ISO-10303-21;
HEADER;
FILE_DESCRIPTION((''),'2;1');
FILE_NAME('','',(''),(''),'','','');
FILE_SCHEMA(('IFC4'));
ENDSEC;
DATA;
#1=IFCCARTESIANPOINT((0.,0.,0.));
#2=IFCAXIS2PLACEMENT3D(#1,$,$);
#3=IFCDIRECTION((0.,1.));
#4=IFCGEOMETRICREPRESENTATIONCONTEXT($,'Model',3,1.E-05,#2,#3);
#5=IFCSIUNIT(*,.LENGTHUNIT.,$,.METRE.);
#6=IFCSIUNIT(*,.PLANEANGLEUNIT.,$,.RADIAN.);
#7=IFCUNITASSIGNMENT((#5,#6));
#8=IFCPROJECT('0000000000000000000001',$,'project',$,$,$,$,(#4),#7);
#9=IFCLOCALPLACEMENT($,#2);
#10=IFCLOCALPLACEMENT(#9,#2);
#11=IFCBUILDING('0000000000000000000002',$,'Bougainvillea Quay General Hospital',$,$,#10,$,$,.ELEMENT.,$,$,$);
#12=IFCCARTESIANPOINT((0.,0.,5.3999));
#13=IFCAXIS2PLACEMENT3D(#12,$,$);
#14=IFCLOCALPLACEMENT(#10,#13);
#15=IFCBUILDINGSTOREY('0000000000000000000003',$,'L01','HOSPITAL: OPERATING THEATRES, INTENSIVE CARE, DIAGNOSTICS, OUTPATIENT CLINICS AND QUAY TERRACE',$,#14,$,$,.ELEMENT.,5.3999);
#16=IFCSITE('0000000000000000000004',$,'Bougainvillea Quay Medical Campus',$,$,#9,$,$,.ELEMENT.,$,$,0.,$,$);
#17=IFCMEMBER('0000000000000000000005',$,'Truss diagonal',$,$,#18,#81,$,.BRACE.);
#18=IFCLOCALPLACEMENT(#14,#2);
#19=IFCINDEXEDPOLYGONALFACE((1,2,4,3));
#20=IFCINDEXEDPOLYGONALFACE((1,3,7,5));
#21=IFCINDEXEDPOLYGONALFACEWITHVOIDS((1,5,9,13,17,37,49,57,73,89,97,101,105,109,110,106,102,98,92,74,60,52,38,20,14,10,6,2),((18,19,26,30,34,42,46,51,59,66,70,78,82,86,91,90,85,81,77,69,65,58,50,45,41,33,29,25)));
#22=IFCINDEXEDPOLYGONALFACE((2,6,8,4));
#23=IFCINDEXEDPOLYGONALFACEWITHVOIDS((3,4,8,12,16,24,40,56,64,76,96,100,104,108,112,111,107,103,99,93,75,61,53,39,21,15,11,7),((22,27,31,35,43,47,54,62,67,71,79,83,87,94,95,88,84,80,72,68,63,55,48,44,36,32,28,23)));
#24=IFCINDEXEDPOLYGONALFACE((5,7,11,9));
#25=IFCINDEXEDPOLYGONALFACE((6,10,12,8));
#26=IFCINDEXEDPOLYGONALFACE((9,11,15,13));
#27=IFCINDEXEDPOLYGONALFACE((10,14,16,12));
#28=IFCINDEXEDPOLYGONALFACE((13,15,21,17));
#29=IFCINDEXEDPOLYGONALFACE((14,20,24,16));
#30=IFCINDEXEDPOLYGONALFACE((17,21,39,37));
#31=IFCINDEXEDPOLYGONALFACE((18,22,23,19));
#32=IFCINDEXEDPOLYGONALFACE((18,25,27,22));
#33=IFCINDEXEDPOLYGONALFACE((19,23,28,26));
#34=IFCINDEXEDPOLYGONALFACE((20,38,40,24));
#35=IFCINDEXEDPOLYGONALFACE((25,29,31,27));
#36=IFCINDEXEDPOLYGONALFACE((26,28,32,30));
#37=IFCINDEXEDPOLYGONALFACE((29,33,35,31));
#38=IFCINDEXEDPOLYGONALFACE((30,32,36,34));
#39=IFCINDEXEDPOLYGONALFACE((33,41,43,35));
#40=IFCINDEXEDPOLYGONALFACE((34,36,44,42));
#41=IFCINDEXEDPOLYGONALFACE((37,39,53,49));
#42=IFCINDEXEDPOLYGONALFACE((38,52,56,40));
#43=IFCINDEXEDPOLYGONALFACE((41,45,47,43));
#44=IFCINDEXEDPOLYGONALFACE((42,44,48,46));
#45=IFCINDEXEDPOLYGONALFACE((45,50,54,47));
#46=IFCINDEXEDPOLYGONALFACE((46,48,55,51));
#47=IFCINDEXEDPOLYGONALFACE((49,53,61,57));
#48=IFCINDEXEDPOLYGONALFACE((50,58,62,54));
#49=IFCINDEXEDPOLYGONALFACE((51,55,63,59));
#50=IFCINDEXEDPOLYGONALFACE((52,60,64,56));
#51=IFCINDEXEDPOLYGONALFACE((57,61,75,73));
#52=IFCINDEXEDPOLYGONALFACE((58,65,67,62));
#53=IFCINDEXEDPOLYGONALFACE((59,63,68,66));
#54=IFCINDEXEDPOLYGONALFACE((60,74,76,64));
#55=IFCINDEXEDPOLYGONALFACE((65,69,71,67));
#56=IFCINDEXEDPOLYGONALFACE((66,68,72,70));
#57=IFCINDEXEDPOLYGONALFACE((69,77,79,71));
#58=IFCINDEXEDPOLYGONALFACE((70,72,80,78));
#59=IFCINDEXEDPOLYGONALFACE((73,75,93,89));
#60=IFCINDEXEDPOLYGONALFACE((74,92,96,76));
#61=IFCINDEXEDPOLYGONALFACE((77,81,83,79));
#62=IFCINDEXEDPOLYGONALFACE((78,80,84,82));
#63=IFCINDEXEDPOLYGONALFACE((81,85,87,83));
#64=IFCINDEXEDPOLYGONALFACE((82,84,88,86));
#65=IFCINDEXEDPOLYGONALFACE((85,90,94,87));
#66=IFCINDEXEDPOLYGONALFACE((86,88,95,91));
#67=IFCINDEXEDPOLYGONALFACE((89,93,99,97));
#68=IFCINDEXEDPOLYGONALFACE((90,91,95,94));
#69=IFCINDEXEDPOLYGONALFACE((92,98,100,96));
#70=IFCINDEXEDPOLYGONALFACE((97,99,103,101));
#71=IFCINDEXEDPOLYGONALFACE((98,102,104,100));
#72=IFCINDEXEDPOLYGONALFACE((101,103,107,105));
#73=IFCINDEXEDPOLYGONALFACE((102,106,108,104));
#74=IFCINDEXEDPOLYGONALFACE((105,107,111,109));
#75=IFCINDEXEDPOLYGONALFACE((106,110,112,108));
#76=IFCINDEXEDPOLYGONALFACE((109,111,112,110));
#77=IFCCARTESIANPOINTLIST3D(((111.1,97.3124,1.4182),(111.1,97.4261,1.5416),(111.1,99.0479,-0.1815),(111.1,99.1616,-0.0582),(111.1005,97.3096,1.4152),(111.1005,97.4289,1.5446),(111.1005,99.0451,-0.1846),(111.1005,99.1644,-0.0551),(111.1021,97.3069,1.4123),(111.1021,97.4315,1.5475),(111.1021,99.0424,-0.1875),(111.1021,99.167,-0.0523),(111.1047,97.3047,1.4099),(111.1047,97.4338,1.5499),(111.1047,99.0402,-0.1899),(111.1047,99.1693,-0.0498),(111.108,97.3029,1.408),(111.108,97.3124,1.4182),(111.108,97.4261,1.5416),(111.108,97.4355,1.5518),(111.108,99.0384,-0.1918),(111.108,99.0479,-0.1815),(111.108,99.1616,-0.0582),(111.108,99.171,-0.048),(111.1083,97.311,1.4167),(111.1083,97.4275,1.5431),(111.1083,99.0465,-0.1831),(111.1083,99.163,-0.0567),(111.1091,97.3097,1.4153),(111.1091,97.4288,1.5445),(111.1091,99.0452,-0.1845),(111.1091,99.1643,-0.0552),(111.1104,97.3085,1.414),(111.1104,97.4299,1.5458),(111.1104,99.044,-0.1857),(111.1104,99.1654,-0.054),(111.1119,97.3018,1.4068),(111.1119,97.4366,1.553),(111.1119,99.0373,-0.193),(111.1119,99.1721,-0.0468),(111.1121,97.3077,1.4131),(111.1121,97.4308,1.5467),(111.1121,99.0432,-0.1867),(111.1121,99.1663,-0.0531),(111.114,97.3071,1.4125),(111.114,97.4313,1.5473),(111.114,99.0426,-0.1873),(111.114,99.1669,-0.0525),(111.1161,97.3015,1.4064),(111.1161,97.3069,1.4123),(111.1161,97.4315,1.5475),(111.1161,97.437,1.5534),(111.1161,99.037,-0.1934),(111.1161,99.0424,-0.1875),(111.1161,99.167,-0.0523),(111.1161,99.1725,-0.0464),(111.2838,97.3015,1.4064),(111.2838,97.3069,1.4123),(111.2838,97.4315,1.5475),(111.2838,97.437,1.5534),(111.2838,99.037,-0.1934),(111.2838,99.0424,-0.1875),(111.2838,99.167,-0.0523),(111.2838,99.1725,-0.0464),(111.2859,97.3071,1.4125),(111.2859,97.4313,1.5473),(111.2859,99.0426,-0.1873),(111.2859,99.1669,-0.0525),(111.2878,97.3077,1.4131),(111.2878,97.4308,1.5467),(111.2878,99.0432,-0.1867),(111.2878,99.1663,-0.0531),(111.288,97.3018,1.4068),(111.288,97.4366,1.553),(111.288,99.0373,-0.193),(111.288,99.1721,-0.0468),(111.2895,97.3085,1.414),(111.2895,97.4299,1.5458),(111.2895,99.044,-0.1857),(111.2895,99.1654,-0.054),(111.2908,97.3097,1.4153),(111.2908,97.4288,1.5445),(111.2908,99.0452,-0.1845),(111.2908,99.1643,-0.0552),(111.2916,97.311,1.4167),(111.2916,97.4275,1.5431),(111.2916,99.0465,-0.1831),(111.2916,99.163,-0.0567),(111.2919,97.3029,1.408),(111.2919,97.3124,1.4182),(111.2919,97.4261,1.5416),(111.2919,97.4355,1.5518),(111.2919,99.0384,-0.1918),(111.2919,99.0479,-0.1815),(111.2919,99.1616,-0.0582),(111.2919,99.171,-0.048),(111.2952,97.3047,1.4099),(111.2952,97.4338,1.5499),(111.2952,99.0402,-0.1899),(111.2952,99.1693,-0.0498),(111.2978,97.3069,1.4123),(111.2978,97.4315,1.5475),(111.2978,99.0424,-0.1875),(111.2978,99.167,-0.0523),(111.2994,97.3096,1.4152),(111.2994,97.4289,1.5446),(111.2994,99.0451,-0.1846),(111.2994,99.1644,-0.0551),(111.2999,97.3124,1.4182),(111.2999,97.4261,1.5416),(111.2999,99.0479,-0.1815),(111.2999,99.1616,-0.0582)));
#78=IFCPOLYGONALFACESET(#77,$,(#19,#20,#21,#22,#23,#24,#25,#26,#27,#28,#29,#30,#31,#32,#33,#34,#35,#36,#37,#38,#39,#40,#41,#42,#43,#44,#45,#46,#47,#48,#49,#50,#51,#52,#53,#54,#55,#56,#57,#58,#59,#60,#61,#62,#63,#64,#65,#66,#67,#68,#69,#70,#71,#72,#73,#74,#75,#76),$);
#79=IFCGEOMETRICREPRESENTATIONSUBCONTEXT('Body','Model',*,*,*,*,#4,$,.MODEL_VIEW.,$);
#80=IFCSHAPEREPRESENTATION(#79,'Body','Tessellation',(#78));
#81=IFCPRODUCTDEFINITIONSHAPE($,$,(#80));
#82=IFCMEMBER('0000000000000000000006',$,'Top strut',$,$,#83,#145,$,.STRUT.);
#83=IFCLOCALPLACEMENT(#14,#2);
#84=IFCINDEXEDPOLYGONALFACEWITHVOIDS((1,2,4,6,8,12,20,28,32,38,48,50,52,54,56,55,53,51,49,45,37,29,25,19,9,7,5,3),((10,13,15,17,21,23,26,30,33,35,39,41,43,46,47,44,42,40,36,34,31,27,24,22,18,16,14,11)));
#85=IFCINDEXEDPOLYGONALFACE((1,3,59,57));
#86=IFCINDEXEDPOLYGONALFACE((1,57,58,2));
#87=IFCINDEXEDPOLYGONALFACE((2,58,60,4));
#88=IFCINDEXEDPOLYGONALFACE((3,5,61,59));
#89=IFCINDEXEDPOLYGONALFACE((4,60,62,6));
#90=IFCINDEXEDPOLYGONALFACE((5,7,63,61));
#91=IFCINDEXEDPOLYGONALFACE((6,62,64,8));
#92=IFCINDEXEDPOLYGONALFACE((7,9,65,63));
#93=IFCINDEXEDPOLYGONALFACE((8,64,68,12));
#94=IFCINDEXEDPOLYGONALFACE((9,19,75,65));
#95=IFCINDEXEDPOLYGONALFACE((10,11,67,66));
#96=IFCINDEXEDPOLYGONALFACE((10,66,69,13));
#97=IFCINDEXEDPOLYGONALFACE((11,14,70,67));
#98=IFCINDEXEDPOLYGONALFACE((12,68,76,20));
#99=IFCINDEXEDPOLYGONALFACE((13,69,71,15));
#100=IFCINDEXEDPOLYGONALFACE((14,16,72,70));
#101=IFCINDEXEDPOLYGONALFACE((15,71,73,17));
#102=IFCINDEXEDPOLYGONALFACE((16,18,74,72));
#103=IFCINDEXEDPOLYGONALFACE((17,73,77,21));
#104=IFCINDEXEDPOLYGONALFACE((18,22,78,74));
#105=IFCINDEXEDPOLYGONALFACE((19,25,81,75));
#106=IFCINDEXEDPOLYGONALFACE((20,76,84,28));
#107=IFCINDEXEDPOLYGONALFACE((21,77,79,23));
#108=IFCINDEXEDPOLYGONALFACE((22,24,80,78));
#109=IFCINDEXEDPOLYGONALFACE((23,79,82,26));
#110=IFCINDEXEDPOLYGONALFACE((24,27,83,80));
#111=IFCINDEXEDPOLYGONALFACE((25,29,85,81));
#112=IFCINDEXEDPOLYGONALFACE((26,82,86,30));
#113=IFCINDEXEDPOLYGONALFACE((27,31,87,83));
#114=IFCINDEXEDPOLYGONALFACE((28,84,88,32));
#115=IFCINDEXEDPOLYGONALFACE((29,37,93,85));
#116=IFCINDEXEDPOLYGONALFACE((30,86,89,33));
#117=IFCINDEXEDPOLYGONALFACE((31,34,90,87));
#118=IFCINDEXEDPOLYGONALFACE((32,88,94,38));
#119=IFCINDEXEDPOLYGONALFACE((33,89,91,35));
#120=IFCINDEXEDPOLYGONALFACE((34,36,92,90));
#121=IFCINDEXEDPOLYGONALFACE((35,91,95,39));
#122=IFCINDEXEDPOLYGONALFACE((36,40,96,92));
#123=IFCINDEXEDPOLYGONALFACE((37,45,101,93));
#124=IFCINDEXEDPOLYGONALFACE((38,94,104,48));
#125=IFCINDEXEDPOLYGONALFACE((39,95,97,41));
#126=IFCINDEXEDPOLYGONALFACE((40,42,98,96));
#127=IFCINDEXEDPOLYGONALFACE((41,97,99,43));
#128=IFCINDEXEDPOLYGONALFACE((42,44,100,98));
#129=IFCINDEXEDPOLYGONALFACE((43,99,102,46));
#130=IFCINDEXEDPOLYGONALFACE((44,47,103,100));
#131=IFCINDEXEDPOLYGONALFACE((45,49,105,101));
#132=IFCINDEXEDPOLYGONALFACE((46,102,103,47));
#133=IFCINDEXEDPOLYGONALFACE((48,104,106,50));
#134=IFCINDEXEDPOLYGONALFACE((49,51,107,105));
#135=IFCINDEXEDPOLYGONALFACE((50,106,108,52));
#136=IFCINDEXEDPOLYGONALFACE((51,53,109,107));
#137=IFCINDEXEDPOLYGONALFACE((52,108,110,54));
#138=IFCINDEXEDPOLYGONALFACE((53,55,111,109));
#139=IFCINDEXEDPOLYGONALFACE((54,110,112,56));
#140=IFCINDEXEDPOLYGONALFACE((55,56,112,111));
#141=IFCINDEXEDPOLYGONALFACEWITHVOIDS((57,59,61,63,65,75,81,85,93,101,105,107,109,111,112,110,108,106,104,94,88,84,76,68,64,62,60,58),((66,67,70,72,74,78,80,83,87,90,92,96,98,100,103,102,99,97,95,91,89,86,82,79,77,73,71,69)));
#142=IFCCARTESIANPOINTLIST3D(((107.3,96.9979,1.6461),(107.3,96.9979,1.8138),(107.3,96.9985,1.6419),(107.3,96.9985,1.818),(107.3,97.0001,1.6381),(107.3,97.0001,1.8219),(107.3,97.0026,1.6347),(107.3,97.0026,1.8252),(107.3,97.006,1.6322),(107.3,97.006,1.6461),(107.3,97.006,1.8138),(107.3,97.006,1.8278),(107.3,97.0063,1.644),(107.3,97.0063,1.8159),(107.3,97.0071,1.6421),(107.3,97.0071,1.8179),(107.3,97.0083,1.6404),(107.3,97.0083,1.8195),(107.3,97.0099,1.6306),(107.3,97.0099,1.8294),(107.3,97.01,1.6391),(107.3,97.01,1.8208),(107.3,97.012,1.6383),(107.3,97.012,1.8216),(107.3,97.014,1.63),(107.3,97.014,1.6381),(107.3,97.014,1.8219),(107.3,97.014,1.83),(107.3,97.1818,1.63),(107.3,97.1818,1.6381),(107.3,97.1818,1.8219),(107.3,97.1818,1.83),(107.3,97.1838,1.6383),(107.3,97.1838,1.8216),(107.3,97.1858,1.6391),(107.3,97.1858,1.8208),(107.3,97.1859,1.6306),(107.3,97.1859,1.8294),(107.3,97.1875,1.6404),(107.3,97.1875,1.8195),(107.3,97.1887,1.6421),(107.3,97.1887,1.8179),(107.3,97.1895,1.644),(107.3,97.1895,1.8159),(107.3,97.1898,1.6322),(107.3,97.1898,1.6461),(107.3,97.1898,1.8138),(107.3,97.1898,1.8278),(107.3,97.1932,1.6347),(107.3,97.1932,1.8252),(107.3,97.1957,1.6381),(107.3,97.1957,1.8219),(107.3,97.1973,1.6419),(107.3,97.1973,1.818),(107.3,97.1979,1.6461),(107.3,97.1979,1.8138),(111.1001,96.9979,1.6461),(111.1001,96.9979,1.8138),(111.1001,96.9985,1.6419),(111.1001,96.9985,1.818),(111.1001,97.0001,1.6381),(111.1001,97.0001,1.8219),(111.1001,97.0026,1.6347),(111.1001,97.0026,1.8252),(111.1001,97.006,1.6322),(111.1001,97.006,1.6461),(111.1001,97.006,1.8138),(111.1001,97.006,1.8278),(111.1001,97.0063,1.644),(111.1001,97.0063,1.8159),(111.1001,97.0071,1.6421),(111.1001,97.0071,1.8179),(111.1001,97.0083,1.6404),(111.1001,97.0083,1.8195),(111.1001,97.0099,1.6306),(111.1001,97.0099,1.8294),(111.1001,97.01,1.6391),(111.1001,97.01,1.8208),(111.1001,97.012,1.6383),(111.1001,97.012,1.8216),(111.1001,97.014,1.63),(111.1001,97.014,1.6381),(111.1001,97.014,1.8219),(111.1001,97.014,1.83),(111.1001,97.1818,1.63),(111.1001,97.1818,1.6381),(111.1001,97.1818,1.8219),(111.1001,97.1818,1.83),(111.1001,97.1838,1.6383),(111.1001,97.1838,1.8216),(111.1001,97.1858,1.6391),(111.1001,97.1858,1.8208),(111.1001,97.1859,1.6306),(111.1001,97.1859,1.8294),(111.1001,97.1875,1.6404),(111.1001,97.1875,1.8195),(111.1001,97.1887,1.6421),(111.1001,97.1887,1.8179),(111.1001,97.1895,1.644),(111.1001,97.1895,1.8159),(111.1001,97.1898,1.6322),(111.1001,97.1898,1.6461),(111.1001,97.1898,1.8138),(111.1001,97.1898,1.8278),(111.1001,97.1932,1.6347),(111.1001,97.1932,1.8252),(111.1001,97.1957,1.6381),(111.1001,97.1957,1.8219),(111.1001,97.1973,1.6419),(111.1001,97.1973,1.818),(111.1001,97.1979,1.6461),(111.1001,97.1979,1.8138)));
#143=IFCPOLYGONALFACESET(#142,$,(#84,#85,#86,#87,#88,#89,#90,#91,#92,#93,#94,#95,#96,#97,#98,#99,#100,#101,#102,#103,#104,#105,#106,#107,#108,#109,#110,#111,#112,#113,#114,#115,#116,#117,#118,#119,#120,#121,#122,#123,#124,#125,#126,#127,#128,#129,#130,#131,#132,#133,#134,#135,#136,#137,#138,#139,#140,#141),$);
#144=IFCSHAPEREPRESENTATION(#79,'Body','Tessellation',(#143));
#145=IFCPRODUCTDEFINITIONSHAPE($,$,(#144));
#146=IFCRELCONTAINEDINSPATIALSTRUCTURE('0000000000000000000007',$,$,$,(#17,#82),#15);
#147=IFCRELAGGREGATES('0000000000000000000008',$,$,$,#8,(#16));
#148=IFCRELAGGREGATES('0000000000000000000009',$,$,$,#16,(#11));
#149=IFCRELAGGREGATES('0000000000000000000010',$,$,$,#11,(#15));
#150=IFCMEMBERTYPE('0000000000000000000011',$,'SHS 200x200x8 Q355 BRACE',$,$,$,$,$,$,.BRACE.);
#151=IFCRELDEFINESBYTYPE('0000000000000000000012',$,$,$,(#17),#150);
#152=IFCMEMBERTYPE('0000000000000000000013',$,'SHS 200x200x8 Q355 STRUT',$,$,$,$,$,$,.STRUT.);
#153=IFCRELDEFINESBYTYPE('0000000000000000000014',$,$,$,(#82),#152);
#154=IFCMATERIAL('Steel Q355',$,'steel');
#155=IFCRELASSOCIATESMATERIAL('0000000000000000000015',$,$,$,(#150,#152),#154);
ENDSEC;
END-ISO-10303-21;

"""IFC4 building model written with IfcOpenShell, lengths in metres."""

from ifc_helpers import new_model, si_unit, direction, frame, origin, origin_2d, place, context, subcontext, project, spatial, hollow_rectangle, extrude, material, material_profile, profile_set, type_object, element, save


model = new_model("IFC4")

# Units and contexts
model_context = context("Model", 3, precision=1e-05, world=origin(), true_north=direction((0.0, 1.0)))
body_context = subcontext(model_context, "Body", "Model", "MODEL_VIEW")
ifc_project = project(units=[si_unit("LENGTHUNIT", "METRE"), si_unit("PLANEANGLEUNIT", "RADIAN")], contexts=[model_context])

# Site, building, storey
site_placement = place(None, origin())
site = spatial("IfcSite", under=ifc_project, at=site_placement, Name="Bougainvillea Quay Medical Campus", CompositionType="ELEMENT", RefElevation=0.0)
building_placement = place(site_placement, origin())
building = spatial("IfcBuilding", under=site, at=building_placement, Name="Bougainvillea Quay General Hospital", CompositionType="ELEMENT")
storey_placement = place(building_placement, frame((0.0, 0.0, 5.3999)))
storey = spatial("IfcBuildingStorey", under=building, at=storey_placement, Name="L01", Description="HOSPITAL: OPERATING THEATRES, INTENSIVE CARE, DIAGNOSTICS, OUTPATIENT CLINICS AND QUAY TERRACE", CompositionType="ELEMENT", Elevation=5.3999)

# Members
ifc_material_1 = material(Name="Steel Q355", Category="steel")
ifc_material_profile_1 = material_profile(ifc_material_1, hollow_rectangle(XDim=0.2, YDim=0.2, WallThickness=0.0081, InnerFilletRadius=0.0081, OuterFilletRadius=0.0161, at=origin_2d()))
ifc_profile_set_1 = profile_set([ifc_material_profile_1], Name="Steel Q355")
member_type_1 = type_object("IfcMemberType", Name="SHS 200x200x8 Q355 BRACE", PredefinedType="BRACE", material=ifc_profile_set_1)
for number, where, z_axis, x_axis, name in (
    (1, (111.2, 99.1047, -0.1199), (0.0, -0.735275, 0.677769), (1.0, 0.0, 0.0), "Truss diagonal"),
):
    element("IfcMember", number, at=place(storey_placement, frame(where, z_axis=z_axis, x_axis=x_axis)), inside=storey, type_object=member_type_1, Name=name, PredefinedType="BRACE", context=body_context, shape_type="SweptSolid", body=[
        extrude(hollow_rectangle(XDim=0.2, YDim=0.2, WallThickness=0.0081, InnerFilletRadius=0.0081, OuterFilletRadius=0.0161, at=origin_2d()), origin(), (0.0, 0.0, 1.0), 2.3604),
    ])
ifc_material_profile_2 = material_profile(ifc_material_1, hollow_rectangle(XDim=0.2, YDim=0.2, WallThickness=0.0081, InnerFilletRadius=0.0081, OuterFilletRadius=0.0161, at=origin_2d()))
ifc_profile_set_2 = profile_set([ifc_material_profile_2], Name="Steel Q355")
member_type_2 = type_object("IfcMemberType", Name="SHS 200x200x8 Q355 STRUT", PredefinedType="STRUT", material=ifc_profile_set_2)
for number, where, z_axis, x_axis, name in (
    (2, (107.3, 97.0979, 1.73), (1.0, 0.0, 0.0), (0.0, 1.0, 0.0), "Top strut"),
):
    element("IfcMember", number, at=place(storey_placement, frame(where, z_axis=z_axis, x_axis=x_axis)), inside=storey, type_object=member_type_2, Name=name, PredefinedType="STRUT", context=body_context, shape_type="SweptSolid", body=[
        extrude(hollow_rectangle(XDim=0.2, YDim=0.2, WallThickness=0.0081, InnerFilletRadius=0.0081, OuterFilletRadius=0.0161, at=origin_2d()), origin(), (0.0, 0.0, 1.0), 3.8),
    ])

save(model, "model.ifc")
